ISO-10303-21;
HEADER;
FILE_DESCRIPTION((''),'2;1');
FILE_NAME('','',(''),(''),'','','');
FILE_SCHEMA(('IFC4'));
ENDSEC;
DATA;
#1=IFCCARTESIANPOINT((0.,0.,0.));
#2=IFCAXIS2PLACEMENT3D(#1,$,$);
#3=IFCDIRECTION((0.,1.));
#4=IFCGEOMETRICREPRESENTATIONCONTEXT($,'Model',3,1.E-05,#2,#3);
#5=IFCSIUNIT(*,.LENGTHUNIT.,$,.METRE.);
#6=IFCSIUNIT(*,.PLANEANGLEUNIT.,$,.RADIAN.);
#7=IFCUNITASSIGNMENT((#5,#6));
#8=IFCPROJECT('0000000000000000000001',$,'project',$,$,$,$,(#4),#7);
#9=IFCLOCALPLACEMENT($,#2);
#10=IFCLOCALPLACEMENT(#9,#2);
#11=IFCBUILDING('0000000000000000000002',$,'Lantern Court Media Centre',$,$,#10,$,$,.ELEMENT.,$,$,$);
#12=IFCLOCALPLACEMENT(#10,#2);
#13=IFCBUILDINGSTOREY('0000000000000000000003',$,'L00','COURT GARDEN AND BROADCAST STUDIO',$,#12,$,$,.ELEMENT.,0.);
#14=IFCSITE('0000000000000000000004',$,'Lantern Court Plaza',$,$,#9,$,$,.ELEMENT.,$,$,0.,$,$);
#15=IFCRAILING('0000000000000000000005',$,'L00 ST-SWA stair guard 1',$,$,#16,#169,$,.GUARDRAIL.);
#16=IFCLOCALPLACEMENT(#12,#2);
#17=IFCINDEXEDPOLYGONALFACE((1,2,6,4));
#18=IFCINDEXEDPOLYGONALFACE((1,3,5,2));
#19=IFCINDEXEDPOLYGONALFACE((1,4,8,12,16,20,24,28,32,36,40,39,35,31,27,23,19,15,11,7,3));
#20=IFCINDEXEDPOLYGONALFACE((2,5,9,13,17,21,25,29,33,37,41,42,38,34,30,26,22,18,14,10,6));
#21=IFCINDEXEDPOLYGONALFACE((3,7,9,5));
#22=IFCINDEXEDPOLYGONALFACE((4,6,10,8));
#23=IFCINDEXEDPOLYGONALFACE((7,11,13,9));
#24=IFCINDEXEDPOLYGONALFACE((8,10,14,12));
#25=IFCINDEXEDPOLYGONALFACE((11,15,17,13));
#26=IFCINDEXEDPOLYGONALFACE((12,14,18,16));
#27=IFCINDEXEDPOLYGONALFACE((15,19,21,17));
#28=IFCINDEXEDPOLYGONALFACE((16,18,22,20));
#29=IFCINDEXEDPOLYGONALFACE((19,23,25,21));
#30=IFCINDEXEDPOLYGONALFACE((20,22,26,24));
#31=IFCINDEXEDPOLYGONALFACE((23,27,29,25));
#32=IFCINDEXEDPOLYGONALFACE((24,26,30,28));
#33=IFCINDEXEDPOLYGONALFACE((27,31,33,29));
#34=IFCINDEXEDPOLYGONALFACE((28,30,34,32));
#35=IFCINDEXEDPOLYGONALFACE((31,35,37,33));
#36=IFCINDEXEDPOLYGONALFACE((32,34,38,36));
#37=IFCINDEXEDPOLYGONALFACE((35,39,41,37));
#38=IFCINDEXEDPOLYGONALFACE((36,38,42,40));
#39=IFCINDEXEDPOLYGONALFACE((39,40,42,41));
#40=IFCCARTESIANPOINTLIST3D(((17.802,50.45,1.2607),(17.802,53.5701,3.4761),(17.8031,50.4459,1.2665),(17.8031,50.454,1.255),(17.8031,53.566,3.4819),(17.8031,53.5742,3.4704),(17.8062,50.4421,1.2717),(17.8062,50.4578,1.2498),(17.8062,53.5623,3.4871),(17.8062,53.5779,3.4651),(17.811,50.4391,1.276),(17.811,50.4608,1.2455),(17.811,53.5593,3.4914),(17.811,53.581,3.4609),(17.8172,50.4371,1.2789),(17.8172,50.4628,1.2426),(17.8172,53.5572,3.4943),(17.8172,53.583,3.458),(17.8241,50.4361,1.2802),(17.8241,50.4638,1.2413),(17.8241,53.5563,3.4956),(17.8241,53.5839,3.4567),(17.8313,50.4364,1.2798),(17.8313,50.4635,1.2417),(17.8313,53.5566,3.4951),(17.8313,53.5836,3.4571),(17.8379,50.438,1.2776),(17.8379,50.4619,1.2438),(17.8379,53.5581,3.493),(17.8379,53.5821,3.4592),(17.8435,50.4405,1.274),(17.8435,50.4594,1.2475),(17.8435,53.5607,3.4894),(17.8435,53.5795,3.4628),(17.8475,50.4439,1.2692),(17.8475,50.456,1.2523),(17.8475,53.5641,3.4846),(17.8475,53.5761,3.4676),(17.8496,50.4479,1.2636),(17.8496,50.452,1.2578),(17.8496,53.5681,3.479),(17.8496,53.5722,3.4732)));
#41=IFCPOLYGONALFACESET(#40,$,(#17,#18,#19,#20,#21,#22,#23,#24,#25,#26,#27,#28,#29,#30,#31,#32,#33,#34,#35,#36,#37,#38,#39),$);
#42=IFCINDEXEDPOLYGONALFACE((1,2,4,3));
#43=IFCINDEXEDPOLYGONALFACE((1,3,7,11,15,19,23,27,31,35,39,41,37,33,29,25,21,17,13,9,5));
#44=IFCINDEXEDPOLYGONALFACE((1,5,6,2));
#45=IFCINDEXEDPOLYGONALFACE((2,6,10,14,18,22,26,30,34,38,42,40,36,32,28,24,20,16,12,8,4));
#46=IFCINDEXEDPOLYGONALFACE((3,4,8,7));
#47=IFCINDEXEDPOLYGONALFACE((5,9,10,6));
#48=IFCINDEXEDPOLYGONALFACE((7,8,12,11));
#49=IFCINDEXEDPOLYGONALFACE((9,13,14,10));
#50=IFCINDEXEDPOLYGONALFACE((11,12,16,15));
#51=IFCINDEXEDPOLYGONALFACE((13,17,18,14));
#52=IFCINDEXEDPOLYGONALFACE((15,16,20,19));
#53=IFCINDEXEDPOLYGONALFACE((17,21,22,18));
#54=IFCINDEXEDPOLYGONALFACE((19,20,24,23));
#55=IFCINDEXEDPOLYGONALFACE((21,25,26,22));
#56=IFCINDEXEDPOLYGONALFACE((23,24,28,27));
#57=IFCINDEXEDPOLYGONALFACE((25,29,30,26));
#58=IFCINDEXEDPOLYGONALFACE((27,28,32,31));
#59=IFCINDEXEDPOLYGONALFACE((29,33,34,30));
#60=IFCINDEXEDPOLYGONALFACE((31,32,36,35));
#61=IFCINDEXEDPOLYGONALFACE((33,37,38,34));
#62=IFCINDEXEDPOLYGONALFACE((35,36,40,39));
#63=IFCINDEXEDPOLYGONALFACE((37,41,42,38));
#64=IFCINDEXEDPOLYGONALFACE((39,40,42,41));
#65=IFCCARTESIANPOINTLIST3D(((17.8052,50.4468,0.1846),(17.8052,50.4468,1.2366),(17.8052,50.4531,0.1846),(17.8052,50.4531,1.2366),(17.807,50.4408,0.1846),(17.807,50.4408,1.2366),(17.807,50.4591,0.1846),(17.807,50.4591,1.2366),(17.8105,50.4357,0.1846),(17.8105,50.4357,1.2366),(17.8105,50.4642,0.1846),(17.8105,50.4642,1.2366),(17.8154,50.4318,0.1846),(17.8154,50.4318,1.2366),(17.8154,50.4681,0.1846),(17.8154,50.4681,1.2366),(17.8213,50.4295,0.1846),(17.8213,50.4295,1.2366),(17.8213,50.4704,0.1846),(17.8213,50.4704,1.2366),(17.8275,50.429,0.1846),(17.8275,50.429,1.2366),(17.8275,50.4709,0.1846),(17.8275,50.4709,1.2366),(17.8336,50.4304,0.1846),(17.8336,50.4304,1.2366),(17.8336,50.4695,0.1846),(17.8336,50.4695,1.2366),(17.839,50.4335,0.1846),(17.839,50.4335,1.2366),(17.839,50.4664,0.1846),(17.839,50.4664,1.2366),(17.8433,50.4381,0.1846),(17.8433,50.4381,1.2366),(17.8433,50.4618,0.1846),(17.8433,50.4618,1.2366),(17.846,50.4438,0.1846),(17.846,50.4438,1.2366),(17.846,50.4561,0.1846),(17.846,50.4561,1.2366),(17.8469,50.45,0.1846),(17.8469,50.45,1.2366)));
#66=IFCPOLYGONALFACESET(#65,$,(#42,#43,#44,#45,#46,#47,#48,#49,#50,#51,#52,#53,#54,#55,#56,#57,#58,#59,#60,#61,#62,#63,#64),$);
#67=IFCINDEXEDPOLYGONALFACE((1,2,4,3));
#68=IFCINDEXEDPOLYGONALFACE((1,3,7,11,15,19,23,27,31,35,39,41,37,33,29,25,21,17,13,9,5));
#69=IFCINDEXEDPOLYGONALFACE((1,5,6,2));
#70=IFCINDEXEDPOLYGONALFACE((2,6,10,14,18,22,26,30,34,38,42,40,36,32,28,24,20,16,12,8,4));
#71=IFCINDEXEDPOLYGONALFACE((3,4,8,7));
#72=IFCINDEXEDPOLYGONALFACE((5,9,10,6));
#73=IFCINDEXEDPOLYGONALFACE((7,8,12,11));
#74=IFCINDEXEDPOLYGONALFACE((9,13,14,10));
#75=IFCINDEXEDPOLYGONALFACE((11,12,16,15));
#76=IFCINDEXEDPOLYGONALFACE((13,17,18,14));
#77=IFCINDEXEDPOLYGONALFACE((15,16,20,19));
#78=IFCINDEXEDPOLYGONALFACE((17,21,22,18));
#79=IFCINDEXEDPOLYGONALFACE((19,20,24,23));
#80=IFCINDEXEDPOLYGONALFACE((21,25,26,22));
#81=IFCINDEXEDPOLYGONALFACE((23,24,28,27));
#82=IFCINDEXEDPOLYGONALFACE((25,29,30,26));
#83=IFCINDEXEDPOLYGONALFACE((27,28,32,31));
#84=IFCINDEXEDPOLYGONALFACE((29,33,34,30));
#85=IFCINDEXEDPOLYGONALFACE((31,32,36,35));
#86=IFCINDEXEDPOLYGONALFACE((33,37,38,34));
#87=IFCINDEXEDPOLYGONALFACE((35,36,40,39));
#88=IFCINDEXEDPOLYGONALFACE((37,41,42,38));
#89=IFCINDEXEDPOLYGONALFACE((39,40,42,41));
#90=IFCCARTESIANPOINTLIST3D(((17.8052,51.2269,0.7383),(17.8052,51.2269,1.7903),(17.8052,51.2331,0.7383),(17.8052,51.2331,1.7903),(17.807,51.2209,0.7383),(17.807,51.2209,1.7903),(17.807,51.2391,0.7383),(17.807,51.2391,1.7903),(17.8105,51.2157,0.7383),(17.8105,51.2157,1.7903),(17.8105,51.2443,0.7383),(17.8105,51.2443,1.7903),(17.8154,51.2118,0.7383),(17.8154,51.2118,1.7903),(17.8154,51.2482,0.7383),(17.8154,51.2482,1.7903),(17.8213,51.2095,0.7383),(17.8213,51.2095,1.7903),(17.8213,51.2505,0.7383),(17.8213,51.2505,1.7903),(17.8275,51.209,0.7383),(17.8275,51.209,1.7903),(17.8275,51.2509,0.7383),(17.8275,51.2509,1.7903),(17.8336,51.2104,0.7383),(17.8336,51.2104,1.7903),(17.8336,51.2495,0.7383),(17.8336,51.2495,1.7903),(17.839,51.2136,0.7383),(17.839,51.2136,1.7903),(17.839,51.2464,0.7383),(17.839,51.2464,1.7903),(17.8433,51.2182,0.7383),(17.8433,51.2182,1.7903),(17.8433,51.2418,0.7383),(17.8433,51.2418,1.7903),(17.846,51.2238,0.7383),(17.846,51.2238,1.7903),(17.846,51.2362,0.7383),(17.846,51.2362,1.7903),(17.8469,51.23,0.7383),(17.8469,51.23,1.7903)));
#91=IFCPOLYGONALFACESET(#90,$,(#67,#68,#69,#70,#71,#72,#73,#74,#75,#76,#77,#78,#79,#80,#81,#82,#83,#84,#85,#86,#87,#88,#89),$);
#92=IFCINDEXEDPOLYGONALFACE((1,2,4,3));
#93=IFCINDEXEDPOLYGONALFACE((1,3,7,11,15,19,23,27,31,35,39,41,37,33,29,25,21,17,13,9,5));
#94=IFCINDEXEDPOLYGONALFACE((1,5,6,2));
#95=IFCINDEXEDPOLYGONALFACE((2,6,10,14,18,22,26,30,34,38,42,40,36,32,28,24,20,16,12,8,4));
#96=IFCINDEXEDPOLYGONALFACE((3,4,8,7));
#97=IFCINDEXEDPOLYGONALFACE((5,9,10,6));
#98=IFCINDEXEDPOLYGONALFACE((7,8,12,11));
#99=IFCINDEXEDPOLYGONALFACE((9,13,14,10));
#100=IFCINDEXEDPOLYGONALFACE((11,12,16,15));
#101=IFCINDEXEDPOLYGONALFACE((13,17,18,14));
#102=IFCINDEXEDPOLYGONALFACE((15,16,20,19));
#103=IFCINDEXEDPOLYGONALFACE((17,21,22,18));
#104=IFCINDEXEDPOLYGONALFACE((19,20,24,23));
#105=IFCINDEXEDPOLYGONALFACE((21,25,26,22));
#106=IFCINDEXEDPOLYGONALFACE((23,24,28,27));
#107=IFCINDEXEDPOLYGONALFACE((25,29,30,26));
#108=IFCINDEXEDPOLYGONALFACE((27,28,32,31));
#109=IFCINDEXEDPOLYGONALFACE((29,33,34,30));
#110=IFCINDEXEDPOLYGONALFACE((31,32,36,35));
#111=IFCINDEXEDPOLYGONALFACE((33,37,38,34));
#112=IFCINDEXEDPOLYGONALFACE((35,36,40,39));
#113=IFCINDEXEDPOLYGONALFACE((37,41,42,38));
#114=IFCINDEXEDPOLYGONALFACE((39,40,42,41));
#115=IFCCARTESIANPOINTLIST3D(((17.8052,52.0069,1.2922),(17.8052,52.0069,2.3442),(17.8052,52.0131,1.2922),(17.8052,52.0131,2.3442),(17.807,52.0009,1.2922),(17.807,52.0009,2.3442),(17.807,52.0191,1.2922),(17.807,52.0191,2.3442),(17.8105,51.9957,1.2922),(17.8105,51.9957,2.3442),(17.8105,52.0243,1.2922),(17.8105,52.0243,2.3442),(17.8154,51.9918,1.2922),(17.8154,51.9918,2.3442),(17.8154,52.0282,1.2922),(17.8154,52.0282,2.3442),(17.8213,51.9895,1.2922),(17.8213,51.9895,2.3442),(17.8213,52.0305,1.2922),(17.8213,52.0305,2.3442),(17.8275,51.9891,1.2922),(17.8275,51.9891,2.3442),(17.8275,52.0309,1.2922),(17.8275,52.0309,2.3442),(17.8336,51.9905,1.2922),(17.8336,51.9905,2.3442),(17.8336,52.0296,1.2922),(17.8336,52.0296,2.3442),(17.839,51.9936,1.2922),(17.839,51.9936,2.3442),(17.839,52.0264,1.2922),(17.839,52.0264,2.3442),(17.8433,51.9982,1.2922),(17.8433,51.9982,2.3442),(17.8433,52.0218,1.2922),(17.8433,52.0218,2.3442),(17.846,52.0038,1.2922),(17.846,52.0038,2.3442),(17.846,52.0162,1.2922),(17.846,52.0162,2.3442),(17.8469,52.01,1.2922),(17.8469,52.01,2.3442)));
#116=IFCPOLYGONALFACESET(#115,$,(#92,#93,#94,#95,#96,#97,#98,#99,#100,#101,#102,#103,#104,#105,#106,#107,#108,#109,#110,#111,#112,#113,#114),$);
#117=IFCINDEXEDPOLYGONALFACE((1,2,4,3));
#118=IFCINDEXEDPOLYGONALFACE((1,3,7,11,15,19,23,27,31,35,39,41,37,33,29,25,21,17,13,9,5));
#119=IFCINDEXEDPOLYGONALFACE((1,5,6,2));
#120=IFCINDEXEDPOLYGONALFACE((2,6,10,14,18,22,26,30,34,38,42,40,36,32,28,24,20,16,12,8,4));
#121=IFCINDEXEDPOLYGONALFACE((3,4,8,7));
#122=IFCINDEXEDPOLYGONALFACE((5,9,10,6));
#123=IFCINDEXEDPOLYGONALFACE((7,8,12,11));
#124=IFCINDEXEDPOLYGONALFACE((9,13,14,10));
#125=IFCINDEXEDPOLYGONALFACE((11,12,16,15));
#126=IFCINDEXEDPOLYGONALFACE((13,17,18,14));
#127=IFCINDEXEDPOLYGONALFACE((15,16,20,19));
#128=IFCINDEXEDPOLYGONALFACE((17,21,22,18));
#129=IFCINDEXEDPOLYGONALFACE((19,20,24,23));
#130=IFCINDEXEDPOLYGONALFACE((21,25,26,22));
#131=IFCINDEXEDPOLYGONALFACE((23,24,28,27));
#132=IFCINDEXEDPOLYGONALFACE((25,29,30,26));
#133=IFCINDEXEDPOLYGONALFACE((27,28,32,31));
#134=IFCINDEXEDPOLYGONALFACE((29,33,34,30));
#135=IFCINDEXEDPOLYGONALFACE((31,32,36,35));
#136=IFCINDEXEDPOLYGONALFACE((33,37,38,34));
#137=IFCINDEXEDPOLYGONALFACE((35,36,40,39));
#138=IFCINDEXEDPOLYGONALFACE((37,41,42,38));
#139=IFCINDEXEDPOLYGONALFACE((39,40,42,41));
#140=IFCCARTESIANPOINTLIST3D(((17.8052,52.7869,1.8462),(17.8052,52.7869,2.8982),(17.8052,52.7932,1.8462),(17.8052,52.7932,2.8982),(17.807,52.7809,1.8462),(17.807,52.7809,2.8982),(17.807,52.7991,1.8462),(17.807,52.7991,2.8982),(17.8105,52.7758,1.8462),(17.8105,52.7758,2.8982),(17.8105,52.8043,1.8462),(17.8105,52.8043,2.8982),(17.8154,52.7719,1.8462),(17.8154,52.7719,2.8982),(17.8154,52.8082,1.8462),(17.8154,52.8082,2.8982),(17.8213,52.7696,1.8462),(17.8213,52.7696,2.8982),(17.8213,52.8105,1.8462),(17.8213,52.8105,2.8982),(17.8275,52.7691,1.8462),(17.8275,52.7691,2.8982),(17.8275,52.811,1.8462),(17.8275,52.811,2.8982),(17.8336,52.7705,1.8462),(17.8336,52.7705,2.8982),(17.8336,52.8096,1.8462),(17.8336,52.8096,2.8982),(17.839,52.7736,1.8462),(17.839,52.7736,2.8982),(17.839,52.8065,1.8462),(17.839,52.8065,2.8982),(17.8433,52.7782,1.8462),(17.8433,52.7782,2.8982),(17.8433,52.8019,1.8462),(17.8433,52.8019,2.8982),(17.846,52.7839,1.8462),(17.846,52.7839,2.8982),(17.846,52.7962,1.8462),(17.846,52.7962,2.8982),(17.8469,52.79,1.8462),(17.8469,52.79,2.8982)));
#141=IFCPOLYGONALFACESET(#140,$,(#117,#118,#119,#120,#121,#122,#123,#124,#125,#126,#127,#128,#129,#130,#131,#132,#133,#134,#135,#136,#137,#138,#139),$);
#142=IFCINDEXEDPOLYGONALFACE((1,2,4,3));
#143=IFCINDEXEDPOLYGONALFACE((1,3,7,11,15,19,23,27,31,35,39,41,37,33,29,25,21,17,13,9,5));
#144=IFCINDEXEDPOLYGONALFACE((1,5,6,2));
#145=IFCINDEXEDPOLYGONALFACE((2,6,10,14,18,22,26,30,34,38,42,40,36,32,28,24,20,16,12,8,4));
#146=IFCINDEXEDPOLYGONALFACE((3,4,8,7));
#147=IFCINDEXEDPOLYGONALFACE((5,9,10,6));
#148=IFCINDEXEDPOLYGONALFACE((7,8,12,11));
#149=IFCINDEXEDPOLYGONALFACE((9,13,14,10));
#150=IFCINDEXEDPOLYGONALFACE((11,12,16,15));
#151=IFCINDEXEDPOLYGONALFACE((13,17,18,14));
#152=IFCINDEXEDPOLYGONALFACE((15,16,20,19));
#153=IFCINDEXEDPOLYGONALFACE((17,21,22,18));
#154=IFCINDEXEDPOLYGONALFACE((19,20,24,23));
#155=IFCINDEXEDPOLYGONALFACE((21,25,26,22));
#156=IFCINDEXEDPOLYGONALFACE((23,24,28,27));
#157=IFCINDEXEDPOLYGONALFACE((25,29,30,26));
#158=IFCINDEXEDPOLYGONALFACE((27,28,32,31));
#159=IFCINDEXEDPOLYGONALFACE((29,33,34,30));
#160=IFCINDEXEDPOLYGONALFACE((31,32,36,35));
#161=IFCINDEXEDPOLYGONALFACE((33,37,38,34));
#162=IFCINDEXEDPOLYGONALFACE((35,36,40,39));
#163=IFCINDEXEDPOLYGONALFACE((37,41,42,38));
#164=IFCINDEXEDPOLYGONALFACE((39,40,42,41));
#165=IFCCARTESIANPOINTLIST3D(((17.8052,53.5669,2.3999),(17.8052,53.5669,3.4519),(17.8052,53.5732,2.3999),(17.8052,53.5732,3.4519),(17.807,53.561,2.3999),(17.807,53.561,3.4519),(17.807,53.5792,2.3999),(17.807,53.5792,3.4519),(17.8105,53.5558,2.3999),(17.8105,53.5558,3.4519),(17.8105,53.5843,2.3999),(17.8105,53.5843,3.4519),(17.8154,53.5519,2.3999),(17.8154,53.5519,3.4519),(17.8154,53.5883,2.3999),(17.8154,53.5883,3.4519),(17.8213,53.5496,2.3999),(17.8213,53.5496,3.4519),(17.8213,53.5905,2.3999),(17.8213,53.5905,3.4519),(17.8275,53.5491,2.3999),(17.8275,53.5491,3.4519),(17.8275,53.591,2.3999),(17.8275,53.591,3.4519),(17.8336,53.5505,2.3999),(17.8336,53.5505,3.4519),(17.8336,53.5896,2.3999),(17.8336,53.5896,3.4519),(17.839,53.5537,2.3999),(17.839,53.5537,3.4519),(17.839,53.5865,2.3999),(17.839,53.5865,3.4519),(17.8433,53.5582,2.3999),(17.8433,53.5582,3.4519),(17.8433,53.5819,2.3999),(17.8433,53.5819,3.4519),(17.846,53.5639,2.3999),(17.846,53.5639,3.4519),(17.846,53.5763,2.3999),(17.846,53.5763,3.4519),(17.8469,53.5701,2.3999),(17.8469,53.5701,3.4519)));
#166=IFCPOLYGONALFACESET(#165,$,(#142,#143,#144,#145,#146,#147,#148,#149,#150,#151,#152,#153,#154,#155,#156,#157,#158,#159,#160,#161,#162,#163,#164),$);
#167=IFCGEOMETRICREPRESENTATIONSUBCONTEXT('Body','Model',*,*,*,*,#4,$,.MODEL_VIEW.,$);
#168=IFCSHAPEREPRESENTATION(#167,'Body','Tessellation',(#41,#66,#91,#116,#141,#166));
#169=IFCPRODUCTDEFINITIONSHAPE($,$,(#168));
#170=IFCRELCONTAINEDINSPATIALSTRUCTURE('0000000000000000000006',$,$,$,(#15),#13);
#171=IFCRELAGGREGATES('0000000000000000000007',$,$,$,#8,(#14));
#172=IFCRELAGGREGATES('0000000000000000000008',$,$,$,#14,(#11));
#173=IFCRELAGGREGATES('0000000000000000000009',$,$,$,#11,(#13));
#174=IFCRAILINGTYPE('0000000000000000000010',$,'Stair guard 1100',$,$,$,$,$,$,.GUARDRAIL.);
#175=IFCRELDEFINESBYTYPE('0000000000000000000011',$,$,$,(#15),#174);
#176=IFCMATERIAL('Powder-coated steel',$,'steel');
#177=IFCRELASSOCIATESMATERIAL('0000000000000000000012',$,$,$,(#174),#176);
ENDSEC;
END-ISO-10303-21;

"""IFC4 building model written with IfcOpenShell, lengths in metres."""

from ifc_helpers import new_model, si_unit, direction, frame, origin, origin_2d, place, context, subcontext, project, spatial, circle, extrude, material, type_object, element, save


model = new_model("IFC4")

# Units and contexts
model_context = context("Model", 3, precision=1e-05, world=origin(), true_north=direction((0.0, 1.0)))
body_context = subcontext(model_context, "Body", "Model", "MODEL_VIEW")
ifc_project = project(units=[si_unit("LENGTHUNIT", "METRE"), si_unit("PLANEANGLEUNIT", "RADIAN")], contexts=[model_context])

# Site, building, storey
site_placement = place(None, origin())
site = spatial("IfcSite", under=ifc_project, at=site_placement, Name="Lantern Court Plaza", CompositionType="ELEMENT", RefElevation=0.0)
building_placement = place(site_placement, origin())
building = spatial("IfcBuilding", under=site, at=building_placement, Name="Lantern Court Media Centre", CompositionType="ELEMENT")
storey_placement = place(building_placement, origin())
storey = spatial("IfcBuildingStorey", under=building, at=storey_placement, Name="L00", Description="COURT GARDEN AND BROADCAST STUDIO", CompositionType="ELEMENT", Elevation=0.0)

# Railing
ifc_material_1 = material(Name="Powder-coated steel", Category="steel")
railing_type_1 = type_object("IfcRailingType", Name="Stair guard 1100", PredefinedType="GUARDRAIL", material=ifc_material_1)
railing_1_placement = place(storey_placement, frame((17.8259, 50.45, 0.1846)))
element("IfcRailing", 1, at=railing_1_placement, inside=storey, type_object=railing_type_1, Name="L00 ST-SWA stair guard 1", PredefinedType="GUARDRAIL", context=body_context, shape_type="SweptSolid", body=[
    extrude(circle(Radius=0.0239, at=origin_2d()), frame((0.0, 0.0, 1.0762), z_axis=(0.0, 0.815377, 0.57893), x_axis=(-1.0, 0.0, 0.0)), (0.0, 0.0, 1.0), 3.8267),
    extrude(circle(Radius=0.021, at=origin_2d()), origin(), (0.0, 0.0, 1.0), 1.052),
    extrude(circle(Radius=0.021, at=origin_2d()), frame((0.0, 0.78, 0.5537)), (0.0, 0.0, 1.0), 1.052),
    extrude(circle(Radius=0.021, at=origin_2d()), frame((0.0, 1.5601, 1.1077)), (0.0, 0.0, 1.0), 1.052),
    extrude(circle(Radius=0.021, at=origin_2d()), frame((0.0, 2.3401, 1.6616)), (0.0, 0.0, 1.0), 1.052),
    extrude(circle(Radius=0.021, at=origin_2d()), frame((0.0, 3.1201, 2.2153)), (0.0, 0.0, 1.0), 1.052),
])

save(model, "model.ifc")
